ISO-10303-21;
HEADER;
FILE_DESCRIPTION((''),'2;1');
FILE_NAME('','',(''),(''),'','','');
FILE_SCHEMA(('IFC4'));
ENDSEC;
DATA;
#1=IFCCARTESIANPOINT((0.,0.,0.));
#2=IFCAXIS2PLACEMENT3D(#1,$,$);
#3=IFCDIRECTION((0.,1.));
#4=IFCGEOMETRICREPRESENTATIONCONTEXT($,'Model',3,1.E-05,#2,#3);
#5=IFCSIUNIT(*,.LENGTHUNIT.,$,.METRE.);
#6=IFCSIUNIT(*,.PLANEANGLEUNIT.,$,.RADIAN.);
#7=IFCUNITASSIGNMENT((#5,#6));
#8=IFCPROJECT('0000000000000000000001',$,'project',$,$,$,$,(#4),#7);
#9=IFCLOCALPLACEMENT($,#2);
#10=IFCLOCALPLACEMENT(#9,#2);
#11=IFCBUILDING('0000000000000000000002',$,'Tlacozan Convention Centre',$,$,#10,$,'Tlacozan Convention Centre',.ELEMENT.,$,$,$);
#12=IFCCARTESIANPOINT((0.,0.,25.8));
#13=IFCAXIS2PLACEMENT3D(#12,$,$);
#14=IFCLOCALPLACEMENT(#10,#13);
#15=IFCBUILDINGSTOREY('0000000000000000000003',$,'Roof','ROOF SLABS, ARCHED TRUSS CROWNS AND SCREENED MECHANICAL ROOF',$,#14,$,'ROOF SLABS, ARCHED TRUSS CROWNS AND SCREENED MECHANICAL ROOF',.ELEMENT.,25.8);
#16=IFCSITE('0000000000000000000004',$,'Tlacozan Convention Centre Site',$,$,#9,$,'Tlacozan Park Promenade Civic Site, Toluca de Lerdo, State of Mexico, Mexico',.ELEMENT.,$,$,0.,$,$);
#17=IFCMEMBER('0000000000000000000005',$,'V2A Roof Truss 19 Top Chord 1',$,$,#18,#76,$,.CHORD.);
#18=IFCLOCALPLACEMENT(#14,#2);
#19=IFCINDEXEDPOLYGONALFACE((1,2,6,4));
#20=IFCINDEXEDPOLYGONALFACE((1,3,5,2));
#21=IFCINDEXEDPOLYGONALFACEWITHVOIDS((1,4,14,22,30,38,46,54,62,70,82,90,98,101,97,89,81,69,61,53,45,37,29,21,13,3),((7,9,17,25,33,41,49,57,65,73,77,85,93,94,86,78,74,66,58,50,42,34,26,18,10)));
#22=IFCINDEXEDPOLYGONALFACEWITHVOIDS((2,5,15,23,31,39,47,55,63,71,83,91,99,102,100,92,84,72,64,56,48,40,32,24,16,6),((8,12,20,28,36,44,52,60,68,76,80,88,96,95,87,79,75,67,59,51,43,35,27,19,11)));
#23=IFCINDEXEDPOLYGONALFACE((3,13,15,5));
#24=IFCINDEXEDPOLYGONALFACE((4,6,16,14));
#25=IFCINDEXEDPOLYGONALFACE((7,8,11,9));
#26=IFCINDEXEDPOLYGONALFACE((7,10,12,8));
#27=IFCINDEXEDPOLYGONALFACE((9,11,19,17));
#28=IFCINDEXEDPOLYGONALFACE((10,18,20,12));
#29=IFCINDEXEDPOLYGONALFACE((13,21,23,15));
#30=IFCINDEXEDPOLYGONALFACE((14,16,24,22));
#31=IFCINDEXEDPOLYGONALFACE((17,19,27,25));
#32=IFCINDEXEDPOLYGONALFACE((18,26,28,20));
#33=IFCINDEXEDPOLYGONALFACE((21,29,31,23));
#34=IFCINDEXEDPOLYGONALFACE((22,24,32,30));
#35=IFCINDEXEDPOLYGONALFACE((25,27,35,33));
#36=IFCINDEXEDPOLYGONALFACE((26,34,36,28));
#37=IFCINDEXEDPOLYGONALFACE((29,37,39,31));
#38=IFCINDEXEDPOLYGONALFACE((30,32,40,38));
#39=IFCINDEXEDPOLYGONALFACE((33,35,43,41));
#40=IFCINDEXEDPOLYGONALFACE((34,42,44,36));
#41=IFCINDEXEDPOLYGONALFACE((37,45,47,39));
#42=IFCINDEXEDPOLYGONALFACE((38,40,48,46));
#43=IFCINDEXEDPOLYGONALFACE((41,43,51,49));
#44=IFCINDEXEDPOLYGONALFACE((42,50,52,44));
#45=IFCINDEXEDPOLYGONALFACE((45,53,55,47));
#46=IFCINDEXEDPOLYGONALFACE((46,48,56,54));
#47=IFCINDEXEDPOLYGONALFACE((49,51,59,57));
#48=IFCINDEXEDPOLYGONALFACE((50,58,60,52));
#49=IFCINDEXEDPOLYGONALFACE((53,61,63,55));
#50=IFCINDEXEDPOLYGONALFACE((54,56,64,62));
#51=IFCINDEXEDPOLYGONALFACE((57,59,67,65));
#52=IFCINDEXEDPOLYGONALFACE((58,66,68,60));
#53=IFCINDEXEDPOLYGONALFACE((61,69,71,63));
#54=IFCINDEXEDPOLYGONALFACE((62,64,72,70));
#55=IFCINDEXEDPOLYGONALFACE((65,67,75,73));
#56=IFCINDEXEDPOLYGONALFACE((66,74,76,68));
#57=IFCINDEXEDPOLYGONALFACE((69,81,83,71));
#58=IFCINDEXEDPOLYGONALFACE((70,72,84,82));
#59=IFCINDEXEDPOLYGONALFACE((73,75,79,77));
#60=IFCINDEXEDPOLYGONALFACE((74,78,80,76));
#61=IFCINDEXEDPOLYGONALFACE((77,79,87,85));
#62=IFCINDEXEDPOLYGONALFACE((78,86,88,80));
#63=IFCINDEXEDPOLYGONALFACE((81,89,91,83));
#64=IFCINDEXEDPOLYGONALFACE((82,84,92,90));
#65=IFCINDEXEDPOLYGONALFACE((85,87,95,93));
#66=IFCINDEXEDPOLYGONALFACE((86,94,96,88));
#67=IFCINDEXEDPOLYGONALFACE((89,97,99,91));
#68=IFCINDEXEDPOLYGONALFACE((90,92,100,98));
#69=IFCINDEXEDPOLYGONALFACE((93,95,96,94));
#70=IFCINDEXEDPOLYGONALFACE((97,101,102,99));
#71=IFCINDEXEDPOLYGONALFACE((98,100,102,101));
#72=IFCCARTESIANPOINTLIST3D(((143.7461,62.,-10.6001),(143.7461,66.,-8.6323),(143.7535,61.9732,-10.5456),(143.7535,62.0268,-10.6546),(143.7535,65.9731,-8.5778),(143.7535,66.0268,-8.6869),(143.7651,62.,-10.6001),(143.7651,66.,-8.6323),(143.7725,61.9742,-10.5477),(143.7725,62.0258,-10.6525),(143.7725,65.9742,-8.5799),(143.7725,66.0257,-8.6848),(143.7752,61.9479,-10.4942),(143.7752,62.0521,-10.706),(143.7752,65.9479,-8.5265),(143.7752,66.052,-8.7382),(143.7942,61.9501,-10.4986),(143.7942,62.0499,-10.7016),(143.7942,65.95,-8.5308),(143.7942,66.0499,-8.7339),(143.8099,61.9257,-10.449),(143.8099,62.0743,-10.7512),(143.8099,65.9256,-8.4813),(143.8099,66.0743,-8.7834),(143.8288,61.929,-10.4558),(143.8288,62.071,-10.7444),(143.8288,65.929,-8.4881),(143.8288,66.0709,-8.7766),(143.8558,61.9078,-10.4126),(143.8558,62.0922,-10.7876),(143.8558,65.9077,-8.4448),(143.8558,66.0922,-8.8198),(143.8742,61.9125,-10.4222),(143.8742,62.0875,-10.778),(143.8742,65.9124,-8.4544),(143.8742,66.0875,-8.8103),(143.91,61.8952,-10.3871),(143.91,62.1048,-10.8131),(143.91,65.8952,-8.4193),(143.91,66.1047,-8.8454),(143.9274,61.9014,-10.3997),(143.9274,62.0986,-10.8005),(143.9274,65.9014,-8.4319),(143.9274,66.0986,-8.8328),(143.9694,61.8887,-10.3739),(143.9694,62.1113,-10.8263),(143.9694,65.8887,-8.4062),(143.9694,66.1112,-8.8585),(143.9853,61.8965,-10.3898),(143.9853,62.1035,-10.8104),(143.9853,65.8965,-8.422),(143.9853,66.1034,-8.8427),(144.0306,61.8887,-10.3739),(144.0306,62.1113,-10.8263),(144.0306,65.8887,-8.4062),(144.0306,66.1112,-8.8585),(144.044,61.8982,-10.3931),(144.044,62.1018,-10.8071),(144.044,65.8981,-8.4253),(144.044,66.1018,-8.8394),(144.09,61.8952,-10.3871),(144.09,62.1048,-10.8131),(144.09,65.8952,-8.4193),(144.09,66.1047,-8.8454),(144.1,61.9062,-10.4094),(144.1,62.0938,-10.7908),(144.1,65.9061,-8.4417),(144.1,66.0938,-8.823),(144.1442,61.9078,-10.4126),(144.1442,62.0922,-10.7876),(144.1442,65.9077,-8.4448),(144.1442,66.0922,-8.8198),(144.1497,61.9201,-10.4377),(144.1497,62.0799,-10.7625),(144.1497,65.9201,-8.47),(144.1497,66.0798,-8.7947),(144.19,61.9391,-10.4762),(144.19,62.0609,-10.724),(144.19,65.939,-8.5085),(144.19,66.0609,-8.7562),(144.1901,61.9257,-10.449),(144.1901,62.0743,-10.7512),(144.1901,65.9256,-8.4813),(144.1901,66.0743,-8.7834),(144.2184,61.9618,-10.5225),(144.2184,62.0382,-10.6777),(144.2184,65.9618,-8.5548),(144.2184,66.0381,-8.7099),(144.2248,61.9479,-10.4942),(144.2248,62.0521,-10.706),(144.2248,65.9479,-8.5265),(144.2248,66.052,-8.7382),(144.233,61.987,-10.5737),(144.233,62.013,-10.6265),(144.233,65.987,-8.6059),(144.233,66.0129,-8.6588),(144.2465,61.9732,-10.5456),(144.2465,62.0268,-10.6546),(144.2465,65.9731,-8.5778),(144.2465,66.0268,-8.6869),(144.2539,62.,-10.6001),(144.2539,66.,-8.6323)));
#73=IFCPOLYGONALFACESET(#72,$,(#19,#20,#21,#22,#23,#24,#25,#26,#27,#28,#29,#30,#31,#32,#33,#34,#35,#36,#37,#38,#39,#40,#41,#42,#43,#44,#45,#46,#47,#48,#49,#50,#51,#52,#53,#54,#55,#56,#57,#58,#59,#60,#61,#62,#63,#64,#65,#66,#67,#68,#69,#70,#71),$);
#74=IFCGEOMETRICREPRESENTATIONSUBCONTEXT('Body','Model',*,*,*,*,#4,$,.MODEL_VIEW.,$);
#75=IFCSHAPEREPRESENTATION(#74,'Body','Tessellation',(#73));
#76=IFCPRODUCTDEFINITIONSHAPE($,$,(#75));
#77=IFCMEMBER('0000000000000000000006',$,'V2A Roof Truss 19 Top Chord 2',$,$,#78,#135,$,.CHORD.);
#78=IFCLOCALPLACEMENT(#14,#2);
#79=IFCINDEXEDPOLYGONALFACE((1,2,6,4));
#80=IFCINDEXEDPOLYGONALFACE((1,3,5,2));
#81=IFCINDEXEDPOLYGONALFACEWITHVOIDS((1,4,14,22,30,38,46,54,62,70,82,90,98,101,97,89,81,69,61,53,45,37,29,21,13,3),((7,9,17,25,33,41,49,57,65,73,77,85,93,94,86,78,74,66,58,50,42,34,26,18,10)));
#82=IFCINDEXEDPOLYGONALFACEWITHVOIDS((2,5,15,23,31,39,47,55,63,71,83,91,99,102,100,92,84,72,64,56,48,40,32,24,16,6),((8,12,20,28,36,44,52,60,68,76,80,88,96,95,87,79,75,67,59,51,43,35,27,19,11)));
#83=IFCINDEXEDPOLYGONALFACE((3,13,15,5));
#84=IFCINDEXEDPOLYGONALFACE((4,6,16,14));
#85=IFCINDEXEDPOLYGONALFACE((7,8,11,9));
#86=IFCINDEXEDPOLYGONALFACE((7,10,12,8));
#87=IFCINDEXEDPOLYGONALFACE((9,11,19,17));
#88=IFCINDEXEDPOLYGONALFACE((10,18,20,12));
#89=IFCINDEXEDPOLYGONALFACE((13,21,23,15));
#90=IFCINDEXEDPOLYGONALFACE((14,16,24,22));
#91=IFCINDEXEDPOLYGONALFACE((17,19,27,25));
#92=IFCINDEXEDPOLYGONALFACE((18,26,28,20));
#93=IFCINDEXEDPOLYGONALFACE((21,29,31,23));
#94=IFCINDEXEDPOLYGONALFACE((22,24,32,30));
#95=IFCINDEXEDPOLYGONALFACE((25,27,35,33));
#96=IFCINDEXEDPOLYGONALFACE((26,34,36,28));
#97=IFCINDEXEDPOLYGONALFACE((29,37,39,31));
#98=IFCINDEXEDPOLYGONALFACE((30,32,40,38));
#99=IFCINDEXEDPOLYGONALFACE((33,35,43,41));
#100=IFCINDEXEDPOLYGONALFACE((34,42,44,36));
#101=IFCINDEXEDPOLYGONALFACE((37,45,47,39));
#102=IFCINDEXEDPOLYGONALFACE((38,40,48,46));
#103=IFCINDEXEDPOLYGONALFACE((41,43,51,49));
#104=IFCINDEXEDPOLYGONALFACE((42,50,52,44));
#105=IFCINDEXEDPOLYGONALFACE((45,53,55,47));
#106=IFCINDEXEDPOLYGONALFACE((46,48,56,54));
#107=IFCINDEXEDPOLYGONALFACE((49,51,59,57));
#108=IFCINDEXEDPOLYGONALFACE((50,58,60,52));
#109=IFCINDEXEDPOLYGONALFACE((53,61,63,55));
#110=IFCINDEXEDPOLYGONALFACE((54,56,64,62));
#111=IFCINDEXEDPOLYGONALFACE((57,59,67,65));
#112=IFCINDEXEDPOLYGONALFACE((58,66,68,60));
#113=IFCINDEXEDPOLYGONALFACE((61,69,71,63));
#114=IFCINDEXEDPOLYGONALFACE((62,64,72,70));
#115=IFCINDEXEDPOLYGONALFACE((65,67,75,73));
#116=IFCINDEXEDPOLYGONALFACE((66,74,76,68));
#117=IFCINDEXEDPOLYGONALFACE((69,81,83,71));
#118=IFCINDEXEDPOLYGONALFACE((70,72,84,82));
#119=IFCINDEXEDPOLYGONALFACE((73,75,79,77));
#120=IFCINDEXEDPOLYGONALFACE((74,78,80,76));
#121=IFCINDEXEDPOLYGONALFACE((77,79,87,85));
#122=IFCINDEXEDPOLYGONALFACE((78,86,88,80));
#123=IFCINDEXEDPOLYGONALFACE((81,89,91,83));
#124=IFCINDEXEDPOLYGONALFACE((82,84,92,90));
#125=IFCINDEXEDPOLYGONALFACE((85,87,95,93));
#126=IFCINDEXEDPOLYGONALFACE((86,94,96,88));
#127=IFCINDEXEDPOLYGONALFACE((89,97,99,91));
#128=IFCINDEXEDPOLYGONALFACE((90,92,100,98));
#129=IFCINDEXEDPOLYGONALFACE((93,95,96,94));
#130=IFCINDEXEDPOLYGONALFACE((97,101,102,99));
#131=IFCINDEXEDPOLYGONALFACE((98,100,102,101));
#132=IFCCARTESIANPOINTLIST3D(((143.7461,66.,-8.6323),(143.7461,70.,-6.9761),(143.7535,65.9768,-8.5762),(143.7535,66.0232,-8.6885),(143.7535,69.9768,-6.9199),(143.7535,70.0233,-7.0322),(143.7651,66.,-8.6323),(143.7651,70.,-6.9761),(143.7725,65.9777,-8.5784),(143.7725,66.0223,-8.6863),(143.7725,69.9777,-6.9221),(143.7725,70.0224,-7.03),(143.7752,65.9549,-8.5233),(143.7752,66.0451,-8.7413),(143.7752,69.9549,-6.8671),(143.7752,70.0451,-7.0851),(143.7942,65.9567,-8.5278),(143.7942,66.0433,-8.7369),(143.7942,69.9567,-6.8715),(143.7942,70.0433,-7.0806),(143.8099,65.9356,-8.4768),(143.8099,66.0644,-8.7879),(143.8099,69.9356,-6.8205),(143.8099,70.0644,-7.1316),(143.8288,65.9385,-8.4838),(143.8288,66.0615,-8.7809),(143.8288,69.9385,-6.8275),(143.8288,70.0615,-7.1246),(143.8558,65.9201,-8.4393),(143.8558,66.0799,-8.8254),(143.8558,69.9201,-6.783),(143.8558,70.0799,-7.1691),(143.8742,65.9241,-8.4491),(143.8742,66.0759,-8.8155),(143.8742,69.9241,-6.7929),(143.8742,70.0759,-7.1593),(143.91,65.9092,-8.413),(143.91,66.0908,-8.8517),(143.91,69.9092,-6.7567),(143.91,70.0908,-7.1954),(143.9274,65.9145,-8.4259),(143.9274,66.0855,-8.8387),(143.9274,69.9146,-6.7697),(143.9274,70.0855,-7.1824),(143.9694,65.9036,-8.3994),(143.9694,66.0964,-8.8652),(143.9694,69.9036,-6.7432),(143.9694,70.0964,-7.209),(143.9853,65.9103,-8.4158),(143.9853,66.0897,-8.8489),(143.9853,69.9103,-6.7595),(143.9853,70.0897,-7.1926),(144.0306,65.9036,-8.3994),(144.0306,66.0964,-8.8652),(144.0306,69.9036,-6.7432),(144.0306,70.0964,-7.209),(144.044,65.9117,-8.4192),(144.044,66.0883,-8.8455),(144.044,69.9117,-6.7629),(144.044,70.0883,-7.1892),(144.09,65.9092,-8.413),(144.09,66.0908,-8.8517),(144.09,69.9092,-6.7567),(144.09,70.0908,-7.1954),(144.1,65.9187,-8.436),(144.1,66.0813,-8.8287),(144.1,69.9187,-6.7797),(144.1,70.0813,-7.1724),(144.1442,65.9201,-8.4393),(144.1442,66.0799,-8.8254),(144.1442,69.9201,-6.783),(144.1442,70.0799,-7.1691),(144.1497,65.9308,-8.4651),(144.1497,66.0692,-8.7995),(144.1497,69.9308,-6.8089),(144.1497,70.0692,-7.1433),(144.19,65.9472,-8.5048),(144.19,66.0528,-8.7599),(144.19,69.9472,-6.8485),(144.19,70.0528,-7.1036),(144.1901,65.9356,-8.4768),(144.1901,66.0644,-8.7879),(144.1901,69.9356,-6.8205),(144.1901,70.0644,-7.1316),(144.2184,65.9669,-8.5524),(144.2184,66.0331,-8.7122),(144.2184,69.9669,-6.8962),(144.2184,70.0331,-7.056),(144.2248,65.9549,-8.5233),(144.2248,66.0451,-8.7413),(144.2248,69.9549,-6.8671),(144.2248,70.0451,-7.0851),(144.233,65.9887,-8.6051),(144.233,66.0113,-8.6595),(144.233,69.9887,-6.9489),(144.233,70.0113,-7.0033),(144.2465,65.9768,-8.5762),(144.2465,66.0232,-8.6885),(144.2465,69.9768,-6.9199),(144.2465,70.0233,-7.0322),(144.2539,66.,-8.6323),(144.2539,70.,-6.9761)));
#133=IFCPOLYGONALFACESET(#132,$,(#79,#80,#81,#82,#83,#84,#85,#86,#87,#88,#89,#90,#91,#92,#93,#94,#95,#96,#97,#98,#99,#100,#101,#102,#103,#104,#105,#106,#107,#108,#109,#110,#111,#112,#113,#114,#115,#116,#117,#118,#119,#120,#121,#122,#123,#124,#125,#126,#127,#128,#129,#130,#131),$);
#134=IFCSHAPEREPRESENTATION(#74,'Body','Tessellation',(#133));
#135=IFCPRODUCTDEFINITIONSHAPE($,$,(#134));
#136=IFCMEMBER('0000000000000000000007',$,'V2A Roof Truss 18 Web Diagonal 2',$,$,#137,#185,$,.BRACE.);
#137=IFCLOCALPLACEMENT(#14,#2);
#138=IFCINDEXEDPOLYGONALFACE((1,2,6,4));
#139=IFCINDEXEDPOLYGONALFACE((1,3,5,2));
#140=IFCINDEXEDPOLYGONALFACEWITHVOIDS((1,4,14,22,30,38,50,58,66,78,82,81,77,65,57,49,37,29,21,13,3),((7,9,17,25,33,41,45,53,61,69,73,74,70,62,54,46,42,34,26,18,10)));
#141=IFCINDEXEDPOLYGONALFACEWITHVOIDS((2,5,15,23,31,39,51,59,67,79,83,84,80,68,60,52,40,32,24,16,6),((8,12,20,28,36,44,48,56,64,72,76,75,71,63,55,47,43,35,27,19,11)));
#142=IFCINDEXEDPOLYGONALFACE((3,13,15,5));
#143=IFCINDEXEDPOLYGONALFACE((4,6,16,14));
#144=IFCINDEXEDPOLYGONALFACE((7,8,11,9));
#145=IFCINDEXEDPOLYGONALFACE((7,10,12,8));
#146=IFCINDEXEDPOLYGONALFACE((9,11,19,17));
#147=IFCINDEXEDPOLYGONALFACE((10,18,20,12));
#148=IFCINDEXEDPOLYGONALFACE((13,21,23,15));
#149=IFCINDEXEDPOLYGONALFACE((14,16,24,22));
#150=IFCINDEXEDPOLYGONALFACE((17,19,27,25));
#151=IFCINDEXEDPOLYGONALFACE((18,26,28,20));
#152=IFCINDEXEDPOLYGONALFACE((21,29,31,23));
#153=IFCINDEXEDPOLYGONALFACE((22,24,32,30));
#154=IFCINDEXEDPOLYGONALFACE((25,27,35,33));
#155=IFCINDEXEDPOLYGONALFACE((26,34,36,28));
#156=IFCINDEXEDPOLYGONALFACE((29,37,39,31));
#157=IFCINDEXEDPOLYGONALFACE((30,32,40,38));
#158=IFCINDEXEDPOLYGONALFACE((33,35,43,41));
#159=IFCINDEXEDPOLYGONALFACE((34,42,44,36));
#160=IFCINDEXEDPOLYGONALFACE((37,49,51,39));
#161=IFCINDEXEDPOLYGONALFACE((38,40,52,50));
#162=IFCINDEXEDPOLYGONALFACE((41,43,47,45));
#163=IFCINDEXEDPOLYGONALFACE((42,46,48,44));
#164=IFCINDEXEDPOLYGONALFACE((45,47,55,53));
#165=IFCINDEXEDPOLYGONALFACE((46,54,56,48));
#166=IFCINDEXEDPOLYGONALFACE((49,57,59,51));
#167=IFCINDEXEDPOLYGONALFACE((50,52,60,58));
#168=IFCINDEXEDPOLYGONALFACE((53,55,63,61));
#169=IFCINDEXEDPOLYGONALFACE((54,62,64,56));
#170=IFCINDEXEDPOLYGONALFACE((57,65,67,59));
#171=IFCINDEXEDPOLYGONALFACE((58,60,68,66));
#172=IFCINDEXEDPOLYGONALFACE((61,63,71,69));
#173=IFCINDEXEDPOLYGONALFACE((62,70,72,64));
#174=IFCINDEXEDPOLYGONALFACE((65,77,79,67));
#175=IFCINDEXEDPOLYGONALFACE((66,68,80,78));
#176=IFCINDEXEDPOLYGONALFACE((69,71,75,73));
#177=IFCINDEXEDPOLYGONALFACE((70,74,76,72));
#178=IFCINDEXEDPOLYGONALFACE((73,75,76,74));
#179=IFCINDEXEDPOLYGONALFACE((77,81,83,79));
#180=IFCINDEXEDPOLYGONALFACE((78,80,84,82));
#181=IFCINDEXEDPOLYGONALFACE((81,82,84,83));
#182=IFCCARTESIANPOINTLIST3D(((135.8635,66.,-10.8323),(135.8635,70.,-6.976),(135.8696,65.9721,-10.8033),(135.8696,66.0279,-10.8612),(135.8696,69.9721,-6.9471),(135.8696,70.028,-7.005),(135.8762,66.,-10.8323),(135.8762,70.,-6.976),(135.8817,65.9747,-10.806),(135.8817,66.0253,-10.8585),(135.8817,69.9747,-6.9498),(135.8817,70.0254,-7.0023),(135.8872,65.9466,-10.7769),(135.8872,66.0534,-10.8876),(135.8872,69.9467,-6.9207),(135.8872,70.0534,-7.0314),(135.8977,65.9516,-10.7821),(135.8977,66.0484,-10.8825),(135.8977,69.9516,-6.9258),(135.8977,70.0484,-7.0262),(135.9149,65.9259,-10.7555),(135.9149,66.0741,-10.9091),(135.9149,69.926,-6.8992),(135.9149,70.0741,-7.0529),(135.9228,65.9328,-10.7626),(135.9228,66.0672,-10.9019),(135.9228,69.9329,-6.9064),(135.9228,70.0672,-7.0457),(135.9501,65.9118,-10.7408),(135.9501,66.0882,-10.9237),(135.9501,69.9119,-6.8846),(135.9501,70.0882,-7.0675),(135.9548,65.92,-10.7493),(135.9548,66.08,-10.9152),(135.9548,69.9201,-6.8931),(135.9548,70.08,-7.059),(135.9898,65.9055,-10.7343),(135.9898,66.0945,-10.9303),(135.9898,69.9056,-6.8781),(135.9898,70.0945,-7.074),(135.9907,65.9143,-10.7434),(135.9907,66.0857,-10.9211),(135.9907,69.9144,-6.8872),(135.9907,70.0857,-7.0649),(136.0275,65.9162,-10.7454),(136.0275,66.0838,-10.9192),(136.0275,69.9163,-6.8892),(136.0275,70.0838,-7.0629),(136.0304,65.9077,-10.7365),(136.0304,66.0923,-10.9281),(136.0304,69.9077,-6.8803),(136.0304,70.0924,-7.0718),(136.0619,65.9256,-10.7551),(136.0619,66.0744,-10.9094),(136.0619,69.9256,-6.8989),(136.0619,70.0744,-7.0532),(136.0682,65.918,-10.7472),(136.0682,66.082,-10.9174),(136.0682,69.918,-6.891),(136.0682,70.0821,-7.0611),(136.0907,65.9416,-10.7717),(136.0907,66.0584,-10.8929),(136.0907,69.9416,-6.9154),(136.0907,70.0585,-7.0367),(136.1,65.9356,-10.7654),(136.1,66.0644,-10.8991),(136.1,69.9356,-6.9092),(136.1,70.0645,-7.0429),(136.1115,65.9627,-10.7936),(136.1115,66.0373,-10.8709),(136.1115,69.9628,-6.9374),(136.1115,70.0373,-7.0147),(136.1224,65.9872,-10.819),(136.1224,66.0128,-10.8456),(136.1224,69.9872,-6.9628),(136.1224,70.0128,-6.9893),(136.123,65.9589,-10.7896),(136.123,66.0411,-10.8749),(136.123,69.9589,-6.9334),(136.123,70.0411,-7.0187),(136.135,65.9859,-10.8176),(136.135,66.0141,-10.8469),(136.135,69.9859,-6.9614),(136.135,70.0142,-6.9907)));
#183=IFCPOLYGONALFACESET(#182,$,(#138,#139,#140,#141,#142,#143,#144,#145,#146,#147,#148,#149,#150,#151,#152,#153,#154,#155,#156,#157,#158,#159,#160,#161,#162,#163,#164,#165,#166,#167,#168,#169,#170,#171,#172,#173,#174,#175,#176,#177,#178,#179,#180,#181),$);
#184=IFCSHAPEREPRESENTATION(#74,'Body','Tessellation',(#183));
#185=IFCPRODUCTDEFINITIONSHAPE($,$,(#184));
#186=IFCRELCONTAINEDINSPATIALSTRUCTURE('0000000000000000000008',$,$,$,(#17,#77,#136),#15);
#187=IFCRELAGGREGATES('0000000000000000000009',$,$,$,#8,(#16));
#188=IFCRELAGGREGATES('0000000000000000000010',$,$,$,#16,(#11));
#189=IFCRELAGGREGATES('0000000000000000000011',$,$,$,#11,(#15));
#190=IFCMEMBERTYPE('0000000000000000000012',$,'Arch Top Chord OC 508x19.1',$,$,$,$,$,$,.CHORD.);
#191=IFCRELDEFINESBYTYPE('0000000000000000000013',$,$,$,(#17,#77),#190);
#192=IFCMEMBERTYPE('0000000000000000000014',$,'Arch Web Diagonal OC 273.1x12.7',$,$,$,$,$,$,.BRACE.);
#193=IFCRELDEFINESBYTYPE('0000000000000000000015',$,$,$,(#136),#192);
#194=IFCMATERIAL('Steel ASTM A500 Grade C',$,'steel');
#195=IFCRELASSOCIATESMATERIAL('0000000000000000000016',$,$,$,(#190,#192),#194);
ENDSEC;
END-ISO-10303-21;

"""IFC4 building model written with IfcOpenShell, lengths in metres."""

from ifc_helpers import new_model, si_unit, direction, frame, origin, origin_2d, place, context, subcontext, project, spatial, hollow_circle, extrude, material, material_profile, profile_set, type_object, element, save


model = new_model("IFC4")

# Units and contexts
model_context = context("Model", 3, precision=1e-05, world=origin(), true_north=direction((0.0, 1.0)))
body_context = subcontext(model_context, "Body", "Model", "MODEL_VIEW")
ifc_project = project(units=[si_unit("LENGTHUNIT", "METRE"), si_unit("PLANEANGLEUNIT", "RADIAN")], contexts=[model_context])

# Site, building, storey
site_placement = place(None, origin())
site = spatial("IfcSite", under=ifc_project, at=site_placement, Name="Tlacozan Convention Centre Site", LongName="Tlacozan Park Promenade Civic Site, Toluca de Lerdo, State of Mexico, Mexico", CompositionType="ELEMENT", RefElevation=0.0)
building_placement = place(site_placement, origin())
building = spatial("IfcBuilding", under=site, at=building_placement, Name="Tlacozan Convention Centre", LongName="Tlacozan Convention Centre", CompositionType="ELEMENT")
storey_placement = place(building_placement, frame((0.0, 0.0, 25.8)))
storey = spatial("IfcBuildingStorey", under=building, at=storey_placement, Name="Roof", Description="ROOF SLABS, ARCHED TRUSS CROWNS AND SCREENED MECHANICAL ROOF", LongName="ROOF SLABS, ARCHED TRUSS CROWNS AND SCREENED MECHANICAL ROOF", CompositionType="ELEMENT", Elevation=25.8)

# Members
ifc_material_1 = material(Name="Steel ASTM A500 Grade C", Category="steel")
ifc_material_profile_1 = material_profile(ifc_material_1, hollow_circle(Radius=0.2539, WallThickness=0.019, at=origin_2d()), Name="OC 508.0x19.1")
ifc_profile_set_1 = profile_set([ifc_material_profile_1], Name="Steel ASTM A500 Grade C")
member_type_1 = type_object("IfcMemberType", Name="Arch Top Chord OC 508x19.1", PredefinedType="CHORD", material=ifc_profile_set_1)
member_1_placement = place(storey_placement, frame((144.0, 62.0, -10.6001), z_axis=(0.0, 0.8973, 0.441421), x_axis=(-1.0, 0.0, 0.0)))
element("IfcMember", 1, at=member_1_placement, inside=storey, type_object=member_type_1, Name="V2A Roof Truss 19 Top Chord 1", PredefinedType="CHORD", context=body_context, shape_type="SweptSolid", body=[
    extrude(hollow_circle(Radius=0.2539, WallThickness=0.019, at=origin_2d()), origin(), (0.0, 0.0, 1.0), 4.4578),
])
member_2_placement = place(storey_placement, frame((144.0, 66.0, -8.6323), z_axis=(0.0, 0.923929, 0.382564), x_axis=(-1.0, 0.0, 0.0)))
element("IfcMember", 2, at=member_2_placement, inside=storey, type_object=member_type_1, Name="V2A Roof Truss 19 Top Chord 2", PredefinedType="CHORD", context=body_context, shape_type="SweptSolid", body=[
    extrude(hollow_circle(Radius=0.2539, WallThickness=0.019, at=origin_2d()), origin(), (0.0, 0.0, 1.0), 4.3293),
])
ifc_material_profile_2 = material_profile(ifc_material_1, hollow_circle(Radius=0.1365, WallThickness=0.0127, at=origin_2d()), Name="OC 273.1x12.7")
ifc_profile_set_2 = profile_set([ifc_material_profile_2], Name="Steel ASTM A500 Grade C")
member_type_2 = type_object("IfcMemberType", Name="Arch Web Diagonal OC 273.1x12.7", PredefinedType="BRACE", material=ifc_profile_set_2)
member_3_placement = place(storey_placement, frame((136.0, 66.0, -10.8323), z_axis=(0.0, 0.719929, 0.694048), x_axis=(-1.0, 0.0, 0.0)))
element("IfcMember", 3, at=member_3_placement, inside=storey, type_object=member_type_2, Name="V2A Roof Truss 18 Web Diagonal 2", PredefinedType="BRACE", context=body_context, shape_type="SweptSolid", body=[
    extrude(hollow_circle(Radius=0.1365, WallThickness=0.0127, at=origin_2d()), origin(), (0.0, 0.0, 1.0), 5.5562),
])

save(model, "model.ifc")
